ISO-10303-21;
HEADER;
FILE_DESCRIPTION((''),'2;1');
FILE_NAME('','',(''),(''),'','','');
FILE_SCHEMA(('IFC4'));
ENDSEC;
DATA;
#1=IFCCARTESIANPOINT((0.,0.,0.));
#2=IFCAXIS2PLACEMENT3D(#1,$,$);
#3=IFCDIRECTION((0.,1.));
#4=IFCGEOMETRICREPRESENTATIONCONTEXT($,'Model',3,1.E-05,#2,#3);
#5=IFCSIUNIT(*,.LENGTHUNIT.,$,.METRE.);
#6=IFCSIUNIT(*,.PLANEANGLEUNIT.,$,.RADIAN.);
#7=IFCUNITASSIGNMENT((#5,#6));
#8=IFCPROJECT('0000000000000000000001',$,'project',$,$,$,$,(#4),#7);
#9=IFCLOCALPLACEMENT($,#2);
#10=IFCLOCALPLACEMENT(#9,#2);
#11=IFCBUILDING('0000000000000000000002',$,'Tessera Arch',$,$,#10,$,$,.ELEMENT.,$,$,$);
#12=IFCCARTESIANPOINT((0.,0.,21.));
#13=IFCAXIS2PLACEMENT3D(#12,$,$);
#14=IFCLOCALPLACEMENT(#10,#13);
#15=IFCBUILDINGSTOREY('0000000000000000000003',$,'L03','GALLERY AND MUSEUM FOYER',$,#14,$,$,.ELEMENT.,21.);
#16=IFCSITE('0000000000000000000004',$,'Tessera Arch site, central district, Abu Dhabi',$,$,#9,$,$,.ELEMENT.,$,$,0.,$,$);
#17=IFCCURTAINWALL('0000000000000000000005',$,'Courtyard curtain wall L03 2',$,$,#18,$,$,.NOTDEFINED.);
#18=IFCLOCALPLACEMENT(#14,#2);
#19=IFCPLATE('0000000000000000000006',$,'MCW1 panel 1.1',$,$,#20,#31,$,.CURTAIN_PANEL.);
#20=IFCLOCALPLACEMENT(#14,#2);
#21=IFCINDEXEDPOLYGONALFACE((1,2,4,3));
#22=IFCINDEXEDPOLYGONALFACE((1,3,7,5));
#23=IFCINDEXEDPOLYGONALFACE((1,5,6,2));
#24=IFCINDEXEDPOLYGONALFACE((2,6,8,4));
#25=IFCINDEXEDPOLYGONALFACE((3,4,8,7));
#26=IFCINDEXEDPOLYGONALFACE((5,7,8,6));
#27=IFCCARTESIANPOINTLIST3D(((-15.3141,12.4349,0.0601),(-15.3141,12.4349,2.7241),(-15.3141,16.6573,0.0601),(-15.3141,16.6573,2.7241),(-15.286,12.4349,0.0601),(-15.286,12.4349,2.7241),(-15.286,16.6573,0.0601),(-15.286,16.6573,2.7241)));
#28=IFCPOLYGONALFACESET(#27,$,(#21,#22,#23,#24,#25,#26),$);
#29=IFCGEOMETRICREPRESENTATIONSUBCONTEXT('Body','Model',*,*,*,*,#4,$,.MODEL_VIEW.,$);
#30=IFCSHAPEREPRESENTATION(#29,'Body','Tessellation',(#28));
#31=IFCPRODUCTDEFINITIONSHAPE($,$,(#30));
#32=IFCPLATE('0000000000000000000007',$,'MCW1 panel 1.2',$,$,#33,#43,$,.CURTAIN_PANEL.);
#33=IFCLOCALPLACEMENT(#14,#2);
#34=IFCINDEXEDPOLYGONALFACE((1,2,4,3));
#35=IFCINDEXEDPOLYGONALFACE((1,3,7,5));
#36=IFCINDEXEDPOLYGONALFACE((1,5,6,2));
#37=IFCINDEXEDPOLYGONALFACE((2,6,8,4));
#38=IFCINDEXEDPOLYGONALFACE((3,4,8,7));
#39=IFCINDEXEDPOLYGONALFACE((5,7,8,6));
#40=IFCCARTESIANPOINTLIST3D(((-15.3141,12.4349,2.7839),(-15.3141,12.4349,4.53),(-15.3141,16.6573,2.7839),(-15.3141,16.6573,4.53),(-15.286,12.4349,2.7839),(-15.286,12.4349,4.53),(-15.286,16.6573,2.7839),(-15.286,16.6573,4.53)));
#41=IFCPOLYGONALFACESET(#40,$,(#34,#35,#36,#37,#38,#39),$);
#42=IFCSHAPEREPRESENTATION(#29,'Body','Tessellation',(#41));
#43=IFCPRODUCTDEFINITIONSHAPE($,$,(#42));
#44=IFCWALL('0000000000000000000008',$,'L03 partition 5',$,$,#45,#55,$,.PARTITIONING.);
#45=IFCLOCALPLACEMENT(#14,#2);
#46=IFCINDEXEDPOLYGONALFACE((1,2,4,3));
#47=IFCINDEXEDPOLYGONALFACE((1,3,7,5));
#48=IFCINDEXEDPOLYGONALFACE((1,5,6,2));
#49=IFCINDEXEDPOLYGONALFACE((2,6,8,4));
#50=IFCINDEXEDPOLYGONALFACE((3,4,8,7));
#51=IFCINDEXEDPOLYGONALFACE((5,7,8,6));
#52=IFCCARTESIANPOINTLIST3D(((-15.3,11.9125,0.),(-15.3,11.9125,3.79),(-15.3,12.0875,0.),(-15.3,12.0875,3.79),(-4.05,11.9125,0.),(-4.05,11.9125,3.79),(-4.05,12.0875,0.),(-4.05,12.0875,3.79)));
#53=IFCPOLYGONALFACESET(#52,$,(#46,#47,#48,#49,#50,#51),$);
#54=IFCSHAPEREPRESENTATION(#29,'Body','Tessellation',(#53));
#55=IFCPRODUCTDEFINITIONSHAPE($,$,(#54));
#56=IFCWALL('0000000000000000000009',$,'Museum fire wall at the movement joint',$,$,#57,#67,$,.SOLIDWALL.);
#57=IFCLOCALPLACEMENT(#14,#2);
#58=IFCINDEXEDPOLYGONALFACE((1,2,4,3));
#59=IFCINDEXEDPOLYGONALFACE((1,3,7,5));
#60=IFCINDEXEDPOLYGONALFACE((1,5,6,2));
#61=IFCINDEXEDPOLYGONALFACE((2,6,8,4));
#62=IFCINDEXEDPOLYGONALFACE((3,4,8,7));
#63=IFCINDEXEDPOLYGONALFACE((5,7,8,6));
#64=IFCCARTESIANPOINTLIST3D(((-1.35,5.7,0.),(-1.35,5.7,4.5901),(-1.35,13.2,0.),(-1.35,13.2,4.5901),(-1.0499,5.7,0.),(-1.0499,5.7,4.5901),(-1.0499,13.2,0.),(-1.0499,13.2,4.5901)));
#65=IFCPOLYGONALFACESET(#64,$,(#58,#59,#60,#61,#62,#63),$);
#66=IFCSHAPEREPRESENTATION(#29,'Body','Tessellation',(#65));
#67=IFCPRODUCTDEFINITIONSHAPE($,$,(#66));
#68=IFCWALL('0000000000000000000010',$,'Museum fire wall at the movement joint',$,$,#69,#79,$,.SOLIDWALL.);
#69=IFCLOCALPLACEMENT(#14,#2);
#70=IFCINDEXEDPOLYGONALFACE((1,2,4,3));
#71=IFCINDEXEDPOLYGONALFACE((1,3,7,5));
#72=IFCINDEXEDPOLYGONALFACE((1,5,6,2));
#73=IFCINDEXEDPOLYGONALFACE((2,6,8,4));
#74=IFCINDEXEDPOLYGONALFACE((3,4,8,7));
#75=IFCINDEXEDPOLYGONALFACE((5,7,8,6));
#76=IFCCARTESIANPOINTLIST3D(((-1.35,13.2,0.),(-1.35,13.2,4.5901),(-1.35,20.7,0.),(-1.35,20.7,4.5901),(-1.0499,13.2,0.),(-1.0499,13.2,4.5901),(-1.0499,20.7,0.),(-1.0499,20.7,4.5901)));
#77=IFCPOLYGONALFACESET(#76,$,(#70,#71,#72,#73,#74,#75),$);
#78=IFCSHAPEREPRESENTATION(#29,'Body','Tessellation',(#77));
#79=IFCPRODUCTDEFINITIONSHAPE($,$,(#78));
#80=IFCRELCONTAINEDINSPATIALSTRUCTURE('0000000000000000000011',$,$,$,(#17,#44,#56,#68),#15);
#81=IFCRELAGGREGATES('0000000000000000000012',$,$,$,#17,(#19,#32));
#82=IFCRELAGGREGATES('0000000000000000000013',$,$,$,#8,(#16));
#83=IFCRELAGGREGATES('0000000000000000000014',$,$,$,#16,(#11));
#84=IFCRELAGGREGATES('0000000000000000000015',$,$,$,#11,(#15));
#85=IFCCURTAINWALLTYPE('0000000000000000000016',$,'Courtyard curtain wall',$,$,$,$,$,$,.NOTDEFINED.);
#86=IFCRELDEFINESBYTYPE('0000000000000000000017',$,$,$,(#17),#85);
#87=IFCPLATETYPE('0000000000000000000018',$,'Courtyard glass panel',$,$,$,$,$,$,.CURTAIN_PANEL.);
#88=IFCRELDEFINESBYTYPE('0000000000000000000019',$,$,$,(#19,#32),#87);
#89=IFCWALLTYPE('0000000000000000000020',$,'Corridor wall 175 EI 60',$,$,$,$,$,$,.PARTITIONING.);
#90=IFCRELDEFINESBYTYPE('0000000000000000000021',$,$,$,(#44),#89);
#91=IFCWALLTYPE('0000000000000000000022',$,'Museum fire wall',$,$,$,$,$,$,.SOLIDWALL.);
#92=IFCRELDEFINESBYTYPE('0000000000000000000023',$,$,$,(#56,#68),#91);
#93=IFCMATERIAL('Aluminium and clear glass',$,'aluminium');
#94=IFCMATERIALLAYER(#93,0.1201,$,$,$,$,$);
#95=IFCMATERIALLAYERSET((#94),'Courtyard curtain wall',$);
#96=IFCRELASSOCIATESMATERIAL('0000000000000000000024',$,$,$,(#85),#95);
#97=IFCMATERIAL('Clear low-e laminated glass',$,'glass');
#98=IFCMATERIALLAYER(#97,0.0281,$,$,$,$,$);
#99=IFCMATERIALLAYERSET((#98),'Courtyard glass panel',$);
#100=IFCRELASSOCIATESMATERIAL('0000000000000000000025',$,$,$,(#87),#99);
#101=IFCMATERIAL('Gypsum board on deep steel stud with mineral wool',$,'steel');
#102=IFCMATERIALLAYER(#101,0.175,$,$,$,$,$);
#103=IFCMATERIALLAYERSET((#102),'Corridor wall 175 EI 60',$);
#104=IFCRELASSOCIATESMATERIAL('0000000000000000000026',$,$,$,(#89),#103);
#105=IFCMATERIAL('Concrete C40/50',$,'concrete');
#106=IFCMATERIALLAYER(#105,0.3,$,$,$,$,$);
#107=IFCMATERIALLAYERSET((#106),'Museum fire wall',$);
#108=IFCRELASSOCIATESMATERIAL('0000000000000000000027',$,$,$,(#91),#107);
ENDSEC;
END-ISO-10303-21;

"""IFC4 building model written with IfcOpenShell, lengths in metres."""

from ifc_helpers import new_model, si_unit, direction, frame, frame_2d, origin, origin_2d, place, context, subcontext, project, spatial, rectangle, extrude, material, layer, layer_set, type_object, element, aggregate, save


model = new_model("IFC4")

# Units and contexts
model_context = context("Model", 3, precision=1e-05, world=origin(), true_north=direction((0.0, 1.0)))
body_context = subcontext(model_context, "Body", "Model", "MODEL_VIEW")
ifc_project = project(units=[si_unit("LENGTHUNIT", "METRE"), si_unit("PLANEANGLEUNIT", "RADIAN")], contexts=[model_context])

# Site, building, storey
site_placement = place(None, origin())
site = spatial("IfcSite", under=ifc_project, at=site_placement, Name="Tessera Arch site, central district, Abu Dhabi", CompositionType="ELEMENT", RefElevation=0.0)
building_placement = place(site_placement, origin())
building = spatial("IfcBuilding", under=site, at=building_placement, Name="Tessera Arch", CompositionType="ELEMENT")
storey_placement = place(building_placement, frame((0.0, 0.0, 21.0)))
storey = spatial("IfcBuildingStorey", under=building, at=storey_placement, Name="L03", Description="GALLERY AND MUSEUM FOYER", CompositionType="ELEMENT", Elevation=21.0)

# Shared definitions
ifc_material_1 = material(Name="Aluminium and clear glass", Category="aluminium")
ifc_layer_1 = layer(ifc_material_1, 0.1201)
ifc_layer_set_1 = layer_set([ifc_layer_1], Name="Courtyard curtain wall")
curtain_wall_type_1 = type_object("IfcCurtainWallType", Name="Courtyard curtain wall", PredefinedType="NOTDEFINED", material=ifc_layer_set_1)

# Curtain wall
curtain_wall_1_placement = place(storey_placement, origin())
curtain_wall_1 = element("IfcCurtainWall", 1, at=curtain_wall_1_placement, inside=storey, type_object=curtain_wall_type_1, Name="Courtyard curtain wall L03 2", PredefinedType="NOTDEFINED")

# Plates
ifc_material_2 = material(Name="Clear low-e laminated glass", Category="glass")
ifc_layer_2 = layer(ifc_material_2, 0.0281)
ifc_layer_set_2 = layer_set([ifc_layer_2], Name="Courtyard glass panel")
plate_type_1 = type_object("IfcPlateType", Name="Courtyard glass panel", PredefinedType="CURTAIN_PANEL", material=ifc_layer_set_2)
plate_1_placement = place(storey_placement, frame((-15.3, 14.5461, 0.0601), z_axis=(0.0, 0.0, 1.0), x_axis=(0.0, 1.0, 0.0)))
plate_1 = element("IfcPlate", 2, at=plate_1_placement, type_object=plate_type_1, Name="MCW1 panel 1.1", PredefinedType="CURTAIN_PANEL", context=body_context, shape_type="SweptSolid", body=[
    extrude(rectangle(XDim=4.2224, YDim=0.0281, at=origin_2d()), origin(), (0.0, 0.0, 1.0), 2.6641),
])
plate_2_placement = place(storey_placement, frame((-15.3, 14.5461, 2.7839), z_axis=(0.0, 0.0, 1.0), x_axis=(0.0, 1.0, 0.0)))
plate_2 = element("IfcPlate", 3, at=plate_2_placement, type_object=plate_type_1, Name="MCW1 panel 1.2", PredefinedType="CURTAIN_PANEL", context=body_context, shape_type="SweptSolid", body=[
    extrude(rectangle(XDim=4.2224, YDim=0.0281, at=origin_2d()), origin(), (0.0, 0.0, 1.0), 1.7461),
])
aggregate(curtain_wall_1, [plate_1, plate_2])

# Walls
ifc_material_3 = material(Name="Gypsum board on deep steel stud with mineral wool", Category="steel")
ifc_layer_3 = layer(ifc_material_3, 0.175)
ifc_layer_set_3 = layer_set([ifc_layer_3], Name="Corridor wall 175 EI 60")
wall_type_1 = type_object("IfcWallType", Name="Corridor wall 175 EI 60", PredefinedType="PARTITIONING", material=ifc_layer_set_3)
wall_placement = place(storey_placement, frame((-15.3, 12.0, 0.0), z_axis=(0.0, 0.0, 1.0), x_axis=(1.0, 0.0, 0.0)))
element("IfcWall", 4, at=wall_placement, inside=storey, type_object=wall_type_1, Name="L03 partition 5", PredefinedType="PARTITIONING", context=body_context, shape_type="SweptSolid", body=[
    extrude(rectangle(XDim=11.25, YDim=0.175, at=frame_2d((5.625, 0.0))), origin(), (0.0, 0.0, 1.0), 3.79),
])
ifc_material_4 = material(Name="Concrete C40/50", Category="concrete")
ifc_layer_4 = layer(ifc_material_4, 0.3)
ifc_layer_set_4 = layer_set([ifc_layer_4], Name="Museum fire wall")
wall_type_2 = type_object("IfcWallType", Name="Museum fire wall", PredefinedType="SOLIDWALL", material=ifc_layer_set_4)
for number, where, z_axis, x_axis, name in (
    (5, (-1.2, 5.7, 0.0), (0.0, 0.0, 1.0), (0.0, 1.0, 0.0), "Museum fire wall at the movement joint"),
    (6, (-1.2, 13.2, 0.0), (0.0, 0.0, 1.0), (0.0, 1.0, 0.0), "Museum fire wall at the movement joint"),
):
    element("IfcWall", number, at=place(storey_placement, frame(where, z_axis=z_axis, x_axis=x_axis)), inside=storey, type_object=wall_type_2, Name=name, PredefinedType="SOLIDWALL", context=body_context, shape_type="SweptSolid", body=[
        extrude(rectangle(XDim=7.5, YDim=0.3, at=frame_2d((3.75, 0.0))), origin(), (0.0, 0.0, 1.0), 4.5901),
    ])

save(model, "model.ifc")
